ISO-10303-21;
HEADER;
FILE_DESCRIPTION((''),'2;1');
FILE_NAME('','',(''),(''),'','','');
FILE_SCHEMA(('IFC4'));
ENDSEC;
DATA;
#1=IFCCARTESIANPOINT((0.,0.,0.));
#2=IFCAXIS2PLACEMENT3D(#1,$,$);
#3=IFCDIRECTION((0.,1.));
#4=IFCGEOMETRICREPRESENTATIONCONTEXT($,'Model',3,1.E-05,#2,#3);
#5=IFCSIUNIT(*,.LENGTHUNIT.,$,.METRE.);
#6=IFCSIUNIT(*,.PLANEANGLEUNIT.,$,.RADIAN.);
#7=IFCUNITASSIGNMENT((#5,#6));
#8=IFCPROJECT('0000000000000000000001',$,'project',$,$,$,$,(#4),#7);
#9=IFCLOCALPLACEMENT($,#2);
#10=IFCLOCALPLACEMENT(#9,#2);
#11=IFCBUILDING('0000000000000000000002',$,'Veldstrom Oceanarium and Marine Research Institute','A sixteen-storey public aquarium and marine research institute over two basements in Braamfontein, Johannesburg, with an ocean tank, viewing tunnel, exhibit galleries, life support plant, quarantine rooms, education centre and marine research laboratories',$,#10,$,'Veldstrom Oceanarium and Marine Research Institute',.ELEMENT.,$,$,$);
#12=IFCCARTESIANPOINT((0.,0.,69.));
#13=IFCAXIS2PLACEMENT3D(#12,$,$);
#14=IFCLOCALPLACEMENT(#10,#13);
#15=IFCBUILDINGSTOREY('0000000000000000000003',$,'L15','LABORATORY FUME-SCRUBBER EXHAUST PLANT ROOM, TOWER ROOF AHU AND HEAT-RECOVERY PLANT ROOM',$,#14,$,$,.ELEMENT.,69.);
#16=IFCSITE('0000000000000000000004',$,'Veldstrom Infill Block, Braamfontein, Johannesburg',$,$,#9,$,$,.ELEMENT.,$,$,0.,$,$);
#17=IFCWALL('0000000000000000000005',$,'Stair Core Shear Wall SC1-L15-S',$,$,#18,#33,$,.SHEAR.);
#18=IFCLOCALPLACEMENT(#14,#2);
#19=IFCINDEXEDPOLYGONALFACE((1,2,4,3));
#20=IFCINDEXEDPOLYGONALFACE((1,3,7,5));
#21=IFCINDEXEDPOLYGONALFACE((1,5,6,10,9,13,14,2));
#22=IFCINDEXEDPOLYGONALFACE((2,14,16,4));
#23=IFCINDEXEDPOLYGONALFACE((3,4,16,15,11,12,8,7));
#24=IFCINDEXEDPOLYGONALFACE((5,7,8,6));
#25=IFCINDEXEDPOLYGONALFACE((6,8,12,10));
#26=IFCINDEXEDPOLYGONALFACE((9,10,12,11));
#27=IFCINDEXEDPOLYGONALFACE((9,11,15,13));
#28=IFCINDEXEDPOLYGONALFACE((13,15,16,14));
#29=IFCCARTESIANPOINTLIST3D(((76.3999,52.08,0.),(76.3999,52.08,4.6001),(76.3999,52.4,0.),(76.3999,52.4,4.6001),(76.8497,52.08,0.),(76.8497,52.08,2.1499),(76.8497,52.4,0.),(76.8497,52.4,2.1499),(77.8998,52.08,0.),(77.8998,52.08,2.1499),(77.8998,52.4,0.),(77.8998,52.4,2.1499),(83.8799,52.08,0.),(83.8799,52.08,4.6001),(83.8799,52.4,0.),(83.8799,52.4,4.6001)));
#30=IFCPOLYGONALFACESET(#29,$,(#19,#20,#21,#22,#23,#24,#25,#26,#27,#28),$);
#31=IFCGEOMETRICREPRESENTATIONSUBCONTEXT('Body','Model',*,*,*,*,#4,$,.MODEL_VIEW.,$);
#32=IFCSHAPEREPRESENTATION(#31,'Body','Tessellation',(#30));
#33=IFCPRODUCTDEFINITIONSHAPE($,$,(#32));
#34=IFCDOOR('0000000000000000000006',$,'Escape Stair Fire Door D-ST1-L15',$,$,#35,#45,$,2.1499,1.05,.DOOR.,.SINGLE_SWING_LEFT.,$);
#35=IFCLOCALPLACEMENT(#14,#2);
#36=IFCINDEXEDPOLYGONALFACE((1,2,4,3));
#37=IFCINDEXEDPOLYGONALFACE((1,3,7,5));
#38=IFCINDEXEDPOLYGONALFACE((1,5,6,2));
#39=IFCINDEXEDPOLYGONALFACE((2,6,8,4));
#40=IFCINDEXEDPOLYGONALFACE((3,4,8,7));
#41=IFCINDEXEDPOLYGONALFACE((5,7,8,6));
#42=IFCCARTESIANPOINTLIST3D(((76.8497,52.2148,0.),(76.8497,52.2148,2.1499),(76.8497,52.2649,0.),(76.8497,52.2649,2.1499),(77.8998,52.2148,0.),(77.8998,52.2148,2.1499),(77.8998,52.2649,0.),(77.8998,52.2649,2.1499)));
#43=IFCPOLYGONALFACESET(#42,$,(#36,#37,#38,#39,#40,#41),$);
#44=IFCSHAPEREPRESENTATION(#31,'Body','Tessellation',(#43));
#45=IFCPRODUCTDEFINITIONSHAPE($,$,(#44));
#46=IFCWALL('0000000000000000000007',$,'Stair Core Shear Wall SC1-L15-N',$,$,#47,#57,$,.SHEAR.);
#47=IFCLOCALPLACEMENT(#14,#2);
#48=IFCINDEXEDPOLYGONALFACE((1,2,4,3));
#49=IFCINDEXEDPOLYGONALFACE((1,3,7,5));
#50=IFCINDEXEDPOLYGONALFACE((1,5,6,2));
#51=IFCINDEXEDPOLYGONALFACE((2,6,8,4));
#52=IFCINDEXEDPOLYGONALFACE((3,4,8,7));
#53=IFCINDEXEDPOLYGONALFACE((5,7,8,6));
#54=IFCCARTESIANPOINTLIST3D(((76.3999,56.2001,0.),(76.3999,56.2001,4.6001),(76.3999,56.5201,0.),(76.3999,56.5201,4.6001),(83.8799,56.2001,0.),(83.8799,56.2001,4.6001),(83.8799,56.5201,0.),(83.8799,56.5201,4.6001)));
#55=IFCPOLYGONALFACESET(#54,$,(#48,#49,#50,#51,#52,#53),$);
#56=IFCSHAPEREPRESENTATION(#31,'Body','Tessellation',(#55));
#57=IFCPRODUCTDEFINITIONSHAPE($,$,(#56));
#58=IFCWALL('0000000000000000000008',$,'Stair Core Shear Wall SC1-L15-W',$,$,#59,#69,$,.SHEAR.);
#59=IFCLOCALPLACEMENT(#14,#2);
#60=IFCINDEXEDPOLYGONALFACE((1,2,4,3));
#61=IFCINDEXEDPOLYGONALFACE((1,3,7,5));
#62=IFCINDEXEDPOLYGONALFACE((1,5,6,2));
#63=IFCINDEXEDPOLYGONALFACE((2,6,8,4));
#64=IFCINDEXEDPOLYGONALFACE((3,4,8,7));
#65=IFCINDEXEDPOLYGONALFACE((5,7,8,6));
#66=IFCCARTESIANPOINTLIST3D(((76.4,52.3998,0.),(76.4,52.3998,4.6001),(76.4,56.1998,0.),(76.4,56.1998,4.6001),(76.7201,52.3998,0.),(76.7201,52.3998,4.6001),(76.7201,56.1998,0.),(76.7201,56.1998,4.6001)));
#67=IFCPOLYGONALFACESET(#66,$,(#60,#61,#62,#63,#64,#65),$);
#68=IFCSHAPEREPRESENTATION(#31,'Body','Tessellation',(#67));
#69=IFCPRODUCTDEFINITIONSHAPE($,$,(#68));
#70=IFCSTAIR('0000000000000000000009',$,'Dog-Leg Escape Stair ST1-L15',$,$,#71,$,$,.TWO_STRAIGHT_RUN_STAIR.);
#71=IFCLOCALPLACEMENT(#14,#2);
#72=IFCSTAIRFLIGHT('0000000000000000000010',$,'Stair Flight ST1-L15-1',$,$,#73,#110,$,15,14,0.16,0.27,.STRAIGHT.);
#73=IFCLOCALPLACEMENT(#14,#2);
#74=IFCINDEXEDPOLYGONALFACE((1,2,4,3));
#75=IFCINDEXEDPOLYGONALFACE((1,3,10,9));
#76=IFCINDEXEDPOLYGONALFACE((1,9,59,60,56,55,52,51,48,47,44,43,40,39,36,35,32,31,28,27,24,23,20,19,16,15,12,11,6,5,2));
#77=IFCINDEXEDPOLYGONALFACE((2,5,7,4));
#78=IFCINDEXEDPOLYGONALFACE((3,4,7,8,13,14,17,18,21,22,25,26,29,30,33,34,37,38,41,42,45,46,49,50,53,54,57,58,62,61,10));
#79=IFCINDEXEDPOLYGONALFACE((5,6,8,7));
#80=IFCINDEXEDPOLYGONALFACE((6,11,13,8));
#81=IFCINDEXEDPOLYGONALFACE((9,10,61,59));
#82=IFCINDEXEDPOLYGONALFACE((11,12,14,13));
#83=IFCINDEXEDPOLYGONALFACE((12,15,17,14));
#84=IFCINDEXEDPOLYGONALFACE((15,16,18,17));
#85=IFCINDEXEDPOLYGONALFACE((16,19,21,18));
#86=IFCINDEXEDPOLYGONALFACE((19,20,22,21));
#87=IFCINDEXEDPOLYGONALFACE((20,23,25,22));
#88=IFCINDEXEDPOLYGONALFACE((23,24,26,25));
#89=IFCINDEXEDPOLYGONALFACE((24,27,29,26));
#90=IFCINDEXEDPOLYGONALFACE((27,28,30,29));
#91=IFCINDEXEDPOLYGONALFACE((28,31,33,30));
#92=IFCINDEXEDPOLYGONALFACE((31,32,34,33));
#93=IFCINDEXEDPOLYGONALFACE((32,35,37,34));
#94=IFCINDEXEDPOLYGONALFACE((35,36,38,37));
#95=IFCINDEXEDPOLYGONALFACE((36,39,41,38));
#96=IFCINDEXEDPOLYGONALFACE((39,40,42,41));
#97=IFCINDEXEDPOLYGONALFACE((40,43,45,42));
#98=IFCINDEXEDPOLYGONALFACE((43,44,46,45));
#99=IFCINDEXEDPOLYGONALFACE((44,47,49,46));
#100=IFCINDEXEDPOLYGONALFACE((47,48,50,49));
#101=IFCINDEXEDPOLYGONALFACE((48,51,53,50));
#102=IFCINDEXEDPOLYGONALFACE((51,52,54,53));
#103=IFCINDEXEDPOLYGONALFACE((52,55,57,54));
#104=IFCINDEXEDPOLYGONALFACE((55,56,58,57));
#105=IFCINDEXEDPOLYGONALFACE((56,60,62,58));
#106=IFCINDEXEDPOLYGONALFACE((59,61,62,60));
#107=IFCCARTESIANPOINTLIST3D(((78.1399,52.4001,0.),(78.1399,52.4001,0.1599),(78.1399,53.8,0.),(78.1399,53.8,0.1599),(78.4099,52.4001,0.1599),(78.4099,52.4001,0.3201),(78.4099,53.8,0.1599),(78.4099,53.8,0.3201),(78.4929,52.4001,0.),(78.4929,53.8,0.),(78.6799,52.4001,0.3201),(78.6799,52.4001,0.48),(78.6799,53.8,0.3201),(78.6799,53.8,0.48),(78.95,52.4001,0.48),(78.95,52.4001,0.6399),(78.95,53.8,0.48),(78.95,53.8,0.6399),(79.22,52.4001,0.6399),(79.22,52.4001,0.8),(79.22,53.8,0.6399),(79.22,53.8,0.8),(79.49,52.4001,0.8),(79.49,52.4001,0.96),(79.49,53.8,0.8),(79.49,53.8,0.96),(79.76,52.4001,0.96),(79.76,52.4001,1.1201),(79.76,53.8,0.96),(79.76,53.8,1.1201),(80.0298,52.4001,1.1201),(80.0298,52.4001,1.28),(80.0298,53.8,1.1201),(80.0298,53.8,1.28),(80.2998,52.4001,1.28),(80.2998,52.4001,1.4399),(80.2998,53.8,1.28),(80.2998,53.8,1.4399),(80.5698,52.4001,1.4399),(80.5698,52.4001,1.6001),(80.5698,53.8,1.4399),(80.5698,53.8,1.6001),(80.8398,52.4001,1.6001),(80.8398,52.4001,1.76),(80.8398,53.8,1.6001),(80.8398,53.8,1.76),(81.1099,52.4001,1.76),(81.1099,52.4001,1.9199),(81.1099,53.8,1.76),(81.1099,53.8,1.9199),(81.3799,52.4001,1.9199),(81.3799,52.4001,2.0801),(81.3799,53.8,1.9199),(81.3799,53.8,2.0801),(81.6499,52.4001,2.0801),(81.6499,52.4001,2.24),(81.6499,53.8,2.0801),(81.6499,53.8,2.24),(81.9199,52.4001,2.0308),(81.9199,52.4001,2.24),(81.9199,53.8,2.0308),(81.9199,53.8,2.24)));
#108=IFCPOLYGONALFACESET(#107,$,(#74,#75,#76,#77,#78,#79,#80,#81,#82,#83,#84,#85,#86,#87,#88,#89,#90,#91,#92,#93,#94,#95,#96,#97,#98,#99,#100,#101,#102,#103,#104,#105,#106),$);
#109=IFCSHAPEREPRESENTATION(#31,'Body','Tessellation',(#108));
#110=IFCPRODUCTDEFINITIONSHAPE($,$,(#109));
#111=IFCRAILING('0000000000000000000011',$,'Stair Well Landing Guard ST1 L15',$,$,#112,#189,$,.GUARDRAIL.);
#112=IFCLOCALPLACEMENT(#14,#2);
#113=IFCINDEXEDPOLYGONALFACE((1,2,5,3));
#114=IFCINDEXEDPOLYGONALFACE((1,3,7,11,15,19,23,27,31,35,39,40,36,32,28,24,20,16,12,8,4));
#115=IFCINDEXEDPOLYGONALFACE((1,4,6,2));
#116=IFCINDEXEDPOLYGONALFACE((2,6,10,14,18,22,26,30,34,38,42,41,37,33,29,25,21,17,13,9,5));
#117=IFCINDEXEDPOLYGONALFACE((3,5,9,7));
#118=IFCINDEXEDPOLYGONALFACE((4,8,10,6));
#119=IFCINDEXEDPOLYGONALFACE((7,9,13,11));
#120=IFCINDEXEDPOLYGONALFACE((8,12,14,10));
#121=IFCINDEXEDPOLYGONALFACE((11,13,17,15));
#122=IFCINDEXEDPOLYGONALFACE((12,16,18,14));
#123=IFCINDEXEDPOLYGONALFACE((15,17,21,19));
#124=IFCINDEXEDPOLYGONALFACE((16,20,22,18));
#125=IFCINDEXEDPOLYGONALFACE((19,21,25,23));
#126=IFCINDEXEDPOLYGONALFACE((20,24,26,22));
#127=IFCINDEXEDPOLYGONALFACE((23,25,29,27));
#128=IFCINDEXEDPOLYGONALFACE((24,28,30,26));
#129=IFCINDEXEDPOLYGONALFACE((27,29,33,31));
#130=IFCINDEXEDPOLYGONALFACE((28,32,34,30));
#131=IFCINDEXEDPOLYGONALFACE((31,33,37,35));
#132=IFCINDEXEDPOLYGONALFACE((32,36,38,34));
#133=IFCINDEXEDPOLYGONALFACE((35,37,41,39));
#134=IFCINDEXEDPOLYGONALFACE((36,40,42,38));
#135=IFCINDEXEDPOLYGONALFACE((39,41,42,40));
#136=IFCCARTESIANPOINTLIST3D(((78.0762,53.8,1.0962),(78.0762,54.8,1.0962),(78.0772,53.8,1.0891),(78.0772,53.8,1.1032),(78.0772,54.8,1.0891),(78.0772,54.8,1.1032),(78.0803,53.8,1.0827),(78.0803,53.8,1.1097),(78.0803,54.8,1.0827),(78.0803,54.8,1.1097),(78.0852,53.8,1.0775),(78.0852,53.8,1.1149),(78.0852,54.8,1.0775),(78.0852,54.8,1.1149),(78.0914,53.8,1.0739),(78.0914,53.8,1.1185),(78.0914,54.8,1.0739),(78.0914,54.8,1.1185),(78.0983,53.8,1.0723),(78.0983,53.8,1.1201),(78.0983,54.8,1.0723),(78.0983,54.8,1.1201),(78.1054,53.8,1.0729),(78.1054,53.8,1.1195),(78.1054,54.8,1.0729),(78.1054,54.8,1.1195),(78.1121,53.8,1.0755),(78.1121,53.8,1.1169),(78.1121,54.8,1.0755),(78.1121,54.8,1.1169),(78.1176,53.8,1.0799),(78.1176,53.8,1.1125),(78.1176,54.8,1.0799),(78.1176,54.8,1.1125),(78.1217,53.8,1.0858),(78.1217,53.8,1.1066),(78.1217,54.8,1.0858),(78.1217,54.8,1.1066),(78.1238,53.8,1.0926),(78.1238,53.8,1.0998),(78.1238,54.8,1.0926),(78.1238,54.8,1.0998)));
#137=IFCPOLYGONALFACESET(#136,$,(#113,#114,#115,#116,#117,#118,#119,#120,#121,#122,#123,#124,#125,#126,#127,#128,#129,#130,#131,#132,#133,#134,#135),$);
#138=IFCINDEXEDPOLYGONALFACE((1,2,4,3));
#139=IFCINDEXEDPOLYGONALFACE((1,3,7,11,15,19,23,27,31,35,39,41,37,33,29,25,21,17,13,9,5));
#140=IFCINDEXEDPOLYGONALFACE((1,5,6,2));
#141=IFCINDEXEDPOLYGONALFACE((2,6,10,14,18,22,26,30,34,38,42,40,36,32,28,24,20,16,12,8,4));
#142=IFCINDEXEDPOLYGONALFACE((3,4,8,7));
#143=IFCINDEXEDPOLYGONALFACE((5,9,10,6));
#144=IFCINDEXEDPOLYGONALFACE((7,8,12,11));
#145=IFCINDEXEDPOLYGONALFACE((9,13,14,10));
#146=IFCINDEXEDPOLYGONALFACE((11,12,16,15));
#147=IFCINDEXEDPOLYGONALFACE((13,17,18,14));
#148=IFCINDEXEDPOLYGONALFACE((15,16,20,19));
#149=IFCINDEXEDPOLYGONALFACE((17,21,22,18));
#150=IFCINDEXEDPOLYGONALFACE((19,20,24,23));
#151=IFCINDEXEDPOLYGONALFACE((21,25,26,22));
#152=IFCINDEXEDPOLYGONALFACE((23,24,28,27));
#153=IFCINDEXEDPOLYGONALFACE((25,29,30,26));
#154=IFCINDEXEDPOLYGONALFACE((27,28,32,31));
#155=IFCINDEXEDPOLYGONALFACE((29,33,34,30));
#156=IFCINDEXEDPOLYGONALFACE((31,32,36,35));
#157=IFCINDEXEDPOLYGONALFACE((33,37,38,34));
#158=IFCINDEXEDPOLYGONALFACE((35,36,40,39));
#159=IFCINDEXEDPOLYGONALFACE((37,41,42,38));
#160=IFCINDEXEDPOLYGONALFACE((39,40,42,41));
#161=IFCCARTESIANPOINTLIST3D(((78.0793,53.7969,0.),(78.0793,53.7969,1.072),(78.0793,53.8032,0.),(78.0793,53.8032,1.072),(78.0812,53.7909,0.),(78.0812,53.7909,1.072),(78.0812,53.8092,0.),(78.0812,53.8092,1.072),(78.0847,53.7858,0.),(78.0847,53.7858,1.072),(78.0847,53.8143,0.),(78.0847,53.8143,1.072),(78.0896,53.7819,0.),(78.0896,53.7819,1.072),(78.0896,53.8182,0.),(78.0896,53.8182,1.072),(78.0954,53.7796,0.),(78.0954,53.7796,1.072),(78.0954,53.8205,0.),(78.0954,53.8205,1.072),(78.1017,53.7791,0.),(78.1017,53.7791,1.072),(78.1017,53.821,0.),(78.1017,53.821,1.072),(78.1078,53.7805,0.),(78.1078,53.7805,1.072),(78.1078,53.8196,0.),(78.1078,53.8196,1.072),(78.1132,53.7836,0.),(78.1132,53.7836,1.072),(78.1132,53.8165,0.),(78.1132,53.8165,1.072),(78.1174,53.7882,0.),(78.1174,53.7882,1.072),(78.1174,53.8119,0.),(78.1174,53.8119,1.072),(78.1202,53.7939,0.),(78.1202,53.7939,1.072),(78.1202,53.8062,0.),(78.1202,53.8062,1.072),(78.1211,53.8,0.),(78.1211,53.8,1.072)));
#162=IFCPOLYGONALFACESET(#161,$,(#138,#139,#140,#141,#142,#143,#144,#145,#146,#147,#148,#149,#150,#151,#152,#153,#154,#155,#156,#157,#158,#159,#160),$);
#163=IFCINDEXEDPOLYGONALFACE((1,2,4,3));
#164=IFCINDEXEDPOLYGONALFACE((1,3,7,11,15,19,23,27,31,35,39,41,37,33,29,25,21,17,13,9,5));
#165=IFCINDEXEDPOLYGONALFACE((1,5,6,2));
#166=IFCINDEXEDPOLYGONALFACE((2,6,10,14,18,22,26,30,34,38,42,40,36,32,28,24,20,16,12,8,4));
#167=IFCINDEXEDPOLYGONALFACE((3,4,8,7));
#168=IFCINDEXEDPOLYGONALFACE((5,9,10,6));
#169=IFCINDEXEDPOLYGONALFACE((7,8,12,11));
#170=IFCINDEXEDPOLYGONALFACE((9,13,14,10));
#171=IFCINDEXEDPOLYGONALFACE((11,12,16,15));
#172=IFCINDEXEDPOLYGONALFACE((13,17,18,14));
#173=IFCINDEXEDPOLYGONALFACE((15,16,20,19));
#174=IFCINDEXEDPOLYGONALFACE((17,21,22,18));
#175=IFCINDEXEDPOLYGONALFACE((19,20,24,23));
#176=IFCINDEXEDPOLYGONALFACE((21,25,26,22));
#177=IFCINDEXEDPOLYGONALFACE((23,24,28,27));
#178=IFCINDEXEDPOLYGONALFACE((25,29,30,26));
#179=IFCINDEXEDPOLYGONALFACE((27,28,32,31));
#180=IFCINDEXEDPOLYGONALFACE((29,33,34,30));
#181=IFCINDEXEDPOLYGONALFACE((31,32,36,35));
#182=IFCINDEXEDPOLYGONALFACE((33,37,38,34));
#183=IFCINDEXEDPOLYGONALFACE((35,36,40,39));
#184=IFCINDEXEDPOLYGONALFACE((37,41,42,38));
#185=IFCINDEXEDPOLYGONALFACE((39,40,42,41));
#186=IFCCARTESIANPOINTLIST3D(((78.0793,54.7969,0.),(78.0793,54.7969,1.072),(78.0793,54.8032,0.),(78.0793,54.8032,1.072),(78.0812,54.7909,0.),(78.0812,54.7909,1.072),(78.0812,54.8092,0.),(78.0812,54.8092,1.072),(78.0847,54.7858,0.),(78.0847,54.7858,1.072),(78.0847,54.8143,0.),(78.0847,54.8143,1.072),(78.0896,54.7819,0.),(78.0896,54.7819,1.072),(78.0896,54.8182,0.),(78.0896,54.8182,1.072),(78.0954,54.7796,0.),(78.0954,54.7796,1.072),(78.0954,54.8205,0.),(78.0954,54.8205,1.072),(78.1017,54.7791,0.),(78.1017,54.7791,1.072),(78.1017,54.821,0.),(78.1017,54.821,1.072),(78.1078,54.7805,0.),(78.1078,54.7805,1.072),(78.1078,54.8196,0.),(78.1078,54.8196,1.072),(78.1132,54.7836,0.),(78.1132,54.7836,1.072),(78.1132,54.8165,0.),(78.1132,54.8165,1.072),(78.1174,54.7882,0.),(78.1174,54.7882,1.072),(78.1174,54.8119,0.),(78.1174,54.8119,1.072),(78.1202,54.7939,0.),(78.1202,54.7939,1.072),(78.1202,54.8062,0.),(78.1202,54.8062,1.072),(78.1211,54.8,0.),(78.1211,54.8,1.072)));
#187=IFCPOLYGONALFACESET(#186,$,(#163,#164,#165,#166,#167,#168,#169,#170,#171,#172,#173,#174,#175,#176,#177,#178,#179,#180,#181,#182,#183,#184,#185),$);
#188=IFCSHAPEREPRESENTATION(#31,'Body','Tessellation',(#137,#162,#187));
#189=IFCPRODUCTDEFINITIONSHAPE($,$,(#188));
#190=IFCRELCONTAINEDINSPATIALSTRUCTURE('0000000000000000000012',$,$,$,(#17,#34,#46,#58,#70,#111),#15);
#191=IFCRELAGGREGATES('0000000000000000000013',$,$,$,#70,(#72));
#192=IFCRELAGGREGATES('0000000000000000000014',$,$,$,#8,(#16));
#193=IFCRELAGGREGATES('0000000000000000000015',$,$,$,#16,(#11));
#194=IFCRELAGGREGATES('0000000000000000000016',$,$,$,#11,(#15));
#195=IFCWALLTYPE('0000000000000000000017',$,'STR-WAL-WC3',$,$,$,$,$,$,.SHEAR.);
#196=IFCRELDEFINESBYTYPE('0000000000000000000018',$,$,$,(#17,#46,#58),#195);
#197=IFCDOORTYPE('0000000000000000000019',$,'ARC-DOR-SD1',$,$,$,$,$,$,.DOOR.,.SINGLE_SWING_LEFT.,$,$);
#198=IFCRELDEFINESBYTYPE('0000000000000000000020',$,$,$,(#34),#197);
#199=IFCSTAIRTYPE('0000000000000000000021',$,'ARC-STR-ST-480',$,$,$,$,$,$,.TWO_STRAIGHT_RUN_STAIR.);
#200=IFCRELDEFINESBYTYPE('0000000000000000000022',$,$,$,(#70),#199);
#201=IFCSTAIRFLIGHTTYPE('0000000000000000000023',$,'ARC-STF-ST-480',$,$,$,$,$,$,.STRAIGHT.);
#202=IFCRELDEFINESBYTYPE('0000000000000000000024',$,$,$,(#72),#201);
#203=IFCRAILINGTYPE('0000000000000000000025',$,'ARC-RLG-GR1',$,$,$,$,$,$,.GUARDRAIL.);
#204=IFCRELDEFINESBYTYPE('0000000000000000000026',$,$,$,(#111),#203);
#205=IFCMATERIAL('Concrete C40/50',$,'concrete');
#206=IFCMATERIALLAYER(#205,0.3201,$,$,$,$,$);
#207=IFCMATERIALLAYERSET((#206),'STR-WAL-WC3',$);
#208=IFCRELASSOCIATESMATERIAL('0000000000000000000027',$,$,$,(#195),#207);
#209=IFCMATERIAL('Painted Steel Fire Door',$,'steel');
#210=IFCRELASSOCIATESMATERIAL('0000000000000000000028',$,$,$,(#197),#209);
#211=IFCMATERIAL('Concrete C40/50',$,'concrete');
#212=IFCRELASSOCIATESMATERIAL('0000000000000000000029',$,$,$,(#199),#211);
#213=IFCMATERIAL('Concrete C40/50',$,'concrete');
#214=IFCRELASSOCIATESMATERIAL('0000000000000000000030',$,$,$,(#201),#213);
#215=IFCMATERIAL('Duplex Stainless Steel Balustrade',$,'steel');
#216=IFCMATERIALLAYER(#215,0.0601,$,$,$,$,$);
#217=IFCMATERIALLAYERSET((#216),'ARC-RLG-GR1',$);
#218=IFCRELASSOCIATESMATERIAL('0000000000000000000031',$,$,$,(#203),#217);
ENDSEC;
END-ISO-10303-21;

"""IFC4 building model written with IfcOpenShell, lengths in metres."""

from ifc_helpers import new_model, si_unit, direction, frame, frame_2d, origin, origin_2d, place, context, subcontext, project, spatial, polyline, rectangle, circle, outline, extrude, material, layer, layer_set, type_object, element, fill, aggregate, save


model = new_model("IFC4")

# Units and contexts
model_context = context("Model", 3, precision=1e-05, world=origin(), true_north=direction((0.0, 1.0)))
body_context = subcontext(model_context, "Body", "Model", "MODEL_VIEW")
ifc_project = project(units=[si_unit("LENGTHUNIT", "METRE"), si_unit("PLANEANGLEUNIT", "RADIAN")], contexts=[model_context])

# Site, building, storey
site_placement = place(None, origin())
site = spatial("IfcSite", under=ifc_project, at=site_placement, Name="Veldstrom Infill Block, Braamfontein, Johannesburg", CompositionType="ELEMENT", RefElevation=0.0)
building_placement = place(site_placement, origin())
building = spatial("IfcBuilding", under=site, at=building_placement, Name="Veldstrom Oceanarium and Marine Research Institute", Description="A sixteen-storey public aquarium and marine research institute over two basements in Braamfontein, Johannesburg, with an ocean tank, viewing tunnel, exhibit galleries, life support plant, quarantine rooms, education centre and marine research laboratories", LongName="Veldstrom Oceanarium and Marine Research Institute", CompositionType="ELEMENT")
storey_placement = place(building_placement, frame((0.0, 0.0, 69.0)))
storey = spatial("IfcBuildingStorey", under=building, at=storey_placement, Name="L15", Description="LABORATORY FUME-SCRUBBER EXHAUST PLANT ROOM, TOWER ROOF AHU AND HEAT-RECOVERY PLANT ROOM", CompositionType="ELEMENT", Elevation=69.0)

# Wall, opening, door
ifc_material_1 = material(Name="Concrete C40/50", Category="concrete")
ifc_layer_1 = layer(ifc_material_1, 0.3201)
ifc_layer_set_1 = layer_set([ifc_layer_1], Name="STR-WAL-WC3")
wall_type_1 = type_object("IfcWallType", Name="STR-WAL-WC3", PredefinedType="SHEAR", material=ifc_layer_set_1)
wall_1_placement = place(storey_placement, frame((76.3999, 52.24, 0.0), z_axis=(0.0, 0.0, 1.0), x_axis=(1.0, 0.0, 0.0)))
wall_1 = element("IfcWall", 1, at=wall_1_placement, inside=storey, type_object=wall_type_1, Name="Stair Core Shear Wall SC1-L15-S", PredefinedType="SHEAR", context=body_context, shape_type="SweptSolid", body=[
    extrude(rectangle(XDim=7.48, YDim=0.3201, at=frame_2d((3.74, 0.0))), origin(), (0.0, 0.0, 1.0), 4.6001),
])
opening_1_placement = place(wall_1_placement, frame((0.45, 0.0, 0.0)))
opening_1 = element("IfcOpeningElement", 2, at=opening_1_placement, cuts=wall_1, PredefinedType="OPENING", context=body_context, shape_type="SweptSolid", body=[
    extrude(rectangle(XDim=1.05, YDim=2.1499, at=frame_2d((0.5249, 1.075))), frame((0.0, 0.1699, 0.0), z_axis=(0.0, -1.0, 0.0), x_axis=(1.0, 0.0, 0.0)), (0.0, 0.0, 1.0), 0.3401),
])
ifc_material_2 = material(Name="Painted Steel Fire Door", Category="steel")
door_type_1 = type_object("IfcDoorType", Name="ARC-DOR-SD1", OperationType="SINGLE_SWING_LEFT", PredefinedType="DOOR", material=ifc_material_2)
door_1_placement = place(opening_1_placement, origin())
door_1 = element("IfcDoor", 3, at=door_1_placement, inside=storey, type_object=door_type_1, Name="Escape Stair Fire Door D-ST1-L15", OperationType="SINGLE_SWING_LEFT", OverallHeight=2.1499, OverallWidth=1.05, PredefinedType="DOOR", context=body_context, shape_type="SweptSolid", body=[
    extrude(rectangle(XDim=1.05, YDim=2.1499, at=frame_2d((0.5249, 1.075))), frame((0.0, 0.0249, 0.0), z_axis=(0.0, -1.0, 0.0), x_axis=(1.0, 0.0, 0.0)), (0.0, 0.0, 1.0), 0.05),
])
fill(opening_1, door_1)

# Walls
wall_2_placement = place(storey_placement, frame((76.3999, 56.3601, 0.0), z_axis=(0.0, 0.0, 1.0), x_axis=(1.0, 0.0, 0.0)))
element("IfcWall", 4, at=wall_2_placement, inside=storey, type_object=wall_type_1, Name="Stair Core Shear Wall SC1-L15-N", PredefinedType="SHEAR", context=body_context, shape_type="SweptSolid", body=[
    extrude(rectangle(XDim=7.48, YDim=0.3201, at=frame_2d((3.74, 0.0))), origin(), (0.0, 0.0, 1.0), 4.6001),
])
wall_3_placement = place(storey_placement, frame((76.5601, 52.3999, 0.0), z_axis=(0.0, 0.0, 1.0), x_axis=(0.0, 1.0, 0.0)))
element("IfcWall", 5, at=wall_3_placement, inside=storey, type_object=wall_type_1, Name="Stair Core Shear Wall SC1-L15-W", PredefinedType="SHEAR", context=body_context, shape_type="SweptSolid", body=[
    extrude(rectangle(XDim=3.8, YDim=0.3201, at=frame_2d((1.8999, 0.0))), origin(), (0.0, 0.0, 1.0), 4.6001),
])

# Stair, stair flight
ifc_material_3 = material(Name="Concrete C40/50", Category="concrete")
stair_type = type_object("IfcStairType", Name="ARC-STR-ST-480", PredefinedType="TWO_STRAIGHT_RUN_STAIR", material=ifc_material_3)
stair_placement = place(storey_placement, origin())
stair = element("IfcStair", 6, at=stair_placement, inside=storey, type_object=stair_type, Name="Dog-Leg Escape Stair ST1-L15", PredefinedType="TWO_STRAIGHT_RUN_STAIR")
ifc_material_4 = material(Name="Concrete C40/50", Category="concrete")
stair_flight_type = type_object("IfcStairFlightType", Name="ARC-STF-ST-480", PredefinedType="STRAIGHT", material=ifc_material_4)
stair_flight_placement = place(storey_placement, frame((78.1399, 53.1001, 0.0), z_axis=(0.0, 0.0, 1.0), x_axis=(1.0, 0.0, 0.0)))
stair_flight = element("IfcStairFlight", 7, at=stair_flight_placement, type_object=stair_flight_type, Name="Stair Flight ST1-L15-1", NumberOfRisers=15, NumberOfTreads=14, PredefinedType="STRAIGHT", RiserHeight=0.16, TreadLength=0.27, context=body_context, shape_type="SweptSolid", body=[
    extrude(outline(polyline([(0.0, 0.0), (0.0, 0.1599), (0.27, 0.1599), (0.27, 0.3201), (0.54, 0.3201), (0.54, 0.48), (0.8101, 0.48), (0.8101, 0.6399), (1.0801, 0.6399), (1.0801, 0.8), (1.3501, 0.8), (1.3501, 0.96), (1.6201, 0.96), (1.6201, 1.1201), (1.8899, 1.1201), (1.8899, 1.28), (2.1599, 1.28), (2.1599, 1.4399), (2.4299, 1.4399), (2.4299, 1.6001), (2.7, 1.6001), (2.7, 1.76), (2.97, 1.76), (2.97, 1.9199), (3.24, 1.9199), (3.24, 2.0801), (3.51, 2.0801), (3.51, 2.24), (3.78, 2.24), (3.78, 2.3999), (3.78, 2.0308), (0.353, 0.0), (0.0, 0.0)])), frame((0.0, 0.7, 0.0), z_axis=(0.0, -1.0, 0.0), x_axis=(1.0, 0.0, 0.0)), (0.0, 0.0, 1.0), 1.3999),
])
aggregate(stair, [stair_flight])

# Railing
ifc_material_5 = material(Name="Duplex Stainless Steel Balustrade", Category="steel")
ifc_layer_2 = layer(ifc_material_5, 0.0601)
ifc_layer_set_2 = layer_set([ifc_layer_2], Name="ARC-RLG-GR1")
railing_type_1 = type_object("IfcRailingType", Name="ARC-RLG-GR1", PredefinedType="GUARDRAIL", material=ifc_layer_set_2)
railing_1_placement = place(storey_placement, frame((78.1001, 53.8, 0.0)))
element("IfcRailing", 8, at=railing_1_placement, inside=storey, type_object=railing_type_1, Name="Stair Well Landing Guard ST1 L15", PredefinedType="GUARDRAIL", context=body_context, shape_type="SweptSolid", body=[
    extrude(circle(Radius=0.0239, at=origin_2d()), frame((0.0, 0.0, 1.0962), z_axis=(0.0, 1.0, 0.0), x_axis=(-1.0, 0.0, 0.0)), (0.0, 0.0, 1.0), 1.0),
    extrude(circle(Radius=0.021, at=origin_2d()), origin(), (0.0, 0.0, 1.0), 1.072),
    extrude(circle(Radius=0.021, at=origin_2d()), frame((0.0, 1.0, 0.0)), (0.0, 0.0, 1.0), 1.072),
])

save(model, "model.ifc")
